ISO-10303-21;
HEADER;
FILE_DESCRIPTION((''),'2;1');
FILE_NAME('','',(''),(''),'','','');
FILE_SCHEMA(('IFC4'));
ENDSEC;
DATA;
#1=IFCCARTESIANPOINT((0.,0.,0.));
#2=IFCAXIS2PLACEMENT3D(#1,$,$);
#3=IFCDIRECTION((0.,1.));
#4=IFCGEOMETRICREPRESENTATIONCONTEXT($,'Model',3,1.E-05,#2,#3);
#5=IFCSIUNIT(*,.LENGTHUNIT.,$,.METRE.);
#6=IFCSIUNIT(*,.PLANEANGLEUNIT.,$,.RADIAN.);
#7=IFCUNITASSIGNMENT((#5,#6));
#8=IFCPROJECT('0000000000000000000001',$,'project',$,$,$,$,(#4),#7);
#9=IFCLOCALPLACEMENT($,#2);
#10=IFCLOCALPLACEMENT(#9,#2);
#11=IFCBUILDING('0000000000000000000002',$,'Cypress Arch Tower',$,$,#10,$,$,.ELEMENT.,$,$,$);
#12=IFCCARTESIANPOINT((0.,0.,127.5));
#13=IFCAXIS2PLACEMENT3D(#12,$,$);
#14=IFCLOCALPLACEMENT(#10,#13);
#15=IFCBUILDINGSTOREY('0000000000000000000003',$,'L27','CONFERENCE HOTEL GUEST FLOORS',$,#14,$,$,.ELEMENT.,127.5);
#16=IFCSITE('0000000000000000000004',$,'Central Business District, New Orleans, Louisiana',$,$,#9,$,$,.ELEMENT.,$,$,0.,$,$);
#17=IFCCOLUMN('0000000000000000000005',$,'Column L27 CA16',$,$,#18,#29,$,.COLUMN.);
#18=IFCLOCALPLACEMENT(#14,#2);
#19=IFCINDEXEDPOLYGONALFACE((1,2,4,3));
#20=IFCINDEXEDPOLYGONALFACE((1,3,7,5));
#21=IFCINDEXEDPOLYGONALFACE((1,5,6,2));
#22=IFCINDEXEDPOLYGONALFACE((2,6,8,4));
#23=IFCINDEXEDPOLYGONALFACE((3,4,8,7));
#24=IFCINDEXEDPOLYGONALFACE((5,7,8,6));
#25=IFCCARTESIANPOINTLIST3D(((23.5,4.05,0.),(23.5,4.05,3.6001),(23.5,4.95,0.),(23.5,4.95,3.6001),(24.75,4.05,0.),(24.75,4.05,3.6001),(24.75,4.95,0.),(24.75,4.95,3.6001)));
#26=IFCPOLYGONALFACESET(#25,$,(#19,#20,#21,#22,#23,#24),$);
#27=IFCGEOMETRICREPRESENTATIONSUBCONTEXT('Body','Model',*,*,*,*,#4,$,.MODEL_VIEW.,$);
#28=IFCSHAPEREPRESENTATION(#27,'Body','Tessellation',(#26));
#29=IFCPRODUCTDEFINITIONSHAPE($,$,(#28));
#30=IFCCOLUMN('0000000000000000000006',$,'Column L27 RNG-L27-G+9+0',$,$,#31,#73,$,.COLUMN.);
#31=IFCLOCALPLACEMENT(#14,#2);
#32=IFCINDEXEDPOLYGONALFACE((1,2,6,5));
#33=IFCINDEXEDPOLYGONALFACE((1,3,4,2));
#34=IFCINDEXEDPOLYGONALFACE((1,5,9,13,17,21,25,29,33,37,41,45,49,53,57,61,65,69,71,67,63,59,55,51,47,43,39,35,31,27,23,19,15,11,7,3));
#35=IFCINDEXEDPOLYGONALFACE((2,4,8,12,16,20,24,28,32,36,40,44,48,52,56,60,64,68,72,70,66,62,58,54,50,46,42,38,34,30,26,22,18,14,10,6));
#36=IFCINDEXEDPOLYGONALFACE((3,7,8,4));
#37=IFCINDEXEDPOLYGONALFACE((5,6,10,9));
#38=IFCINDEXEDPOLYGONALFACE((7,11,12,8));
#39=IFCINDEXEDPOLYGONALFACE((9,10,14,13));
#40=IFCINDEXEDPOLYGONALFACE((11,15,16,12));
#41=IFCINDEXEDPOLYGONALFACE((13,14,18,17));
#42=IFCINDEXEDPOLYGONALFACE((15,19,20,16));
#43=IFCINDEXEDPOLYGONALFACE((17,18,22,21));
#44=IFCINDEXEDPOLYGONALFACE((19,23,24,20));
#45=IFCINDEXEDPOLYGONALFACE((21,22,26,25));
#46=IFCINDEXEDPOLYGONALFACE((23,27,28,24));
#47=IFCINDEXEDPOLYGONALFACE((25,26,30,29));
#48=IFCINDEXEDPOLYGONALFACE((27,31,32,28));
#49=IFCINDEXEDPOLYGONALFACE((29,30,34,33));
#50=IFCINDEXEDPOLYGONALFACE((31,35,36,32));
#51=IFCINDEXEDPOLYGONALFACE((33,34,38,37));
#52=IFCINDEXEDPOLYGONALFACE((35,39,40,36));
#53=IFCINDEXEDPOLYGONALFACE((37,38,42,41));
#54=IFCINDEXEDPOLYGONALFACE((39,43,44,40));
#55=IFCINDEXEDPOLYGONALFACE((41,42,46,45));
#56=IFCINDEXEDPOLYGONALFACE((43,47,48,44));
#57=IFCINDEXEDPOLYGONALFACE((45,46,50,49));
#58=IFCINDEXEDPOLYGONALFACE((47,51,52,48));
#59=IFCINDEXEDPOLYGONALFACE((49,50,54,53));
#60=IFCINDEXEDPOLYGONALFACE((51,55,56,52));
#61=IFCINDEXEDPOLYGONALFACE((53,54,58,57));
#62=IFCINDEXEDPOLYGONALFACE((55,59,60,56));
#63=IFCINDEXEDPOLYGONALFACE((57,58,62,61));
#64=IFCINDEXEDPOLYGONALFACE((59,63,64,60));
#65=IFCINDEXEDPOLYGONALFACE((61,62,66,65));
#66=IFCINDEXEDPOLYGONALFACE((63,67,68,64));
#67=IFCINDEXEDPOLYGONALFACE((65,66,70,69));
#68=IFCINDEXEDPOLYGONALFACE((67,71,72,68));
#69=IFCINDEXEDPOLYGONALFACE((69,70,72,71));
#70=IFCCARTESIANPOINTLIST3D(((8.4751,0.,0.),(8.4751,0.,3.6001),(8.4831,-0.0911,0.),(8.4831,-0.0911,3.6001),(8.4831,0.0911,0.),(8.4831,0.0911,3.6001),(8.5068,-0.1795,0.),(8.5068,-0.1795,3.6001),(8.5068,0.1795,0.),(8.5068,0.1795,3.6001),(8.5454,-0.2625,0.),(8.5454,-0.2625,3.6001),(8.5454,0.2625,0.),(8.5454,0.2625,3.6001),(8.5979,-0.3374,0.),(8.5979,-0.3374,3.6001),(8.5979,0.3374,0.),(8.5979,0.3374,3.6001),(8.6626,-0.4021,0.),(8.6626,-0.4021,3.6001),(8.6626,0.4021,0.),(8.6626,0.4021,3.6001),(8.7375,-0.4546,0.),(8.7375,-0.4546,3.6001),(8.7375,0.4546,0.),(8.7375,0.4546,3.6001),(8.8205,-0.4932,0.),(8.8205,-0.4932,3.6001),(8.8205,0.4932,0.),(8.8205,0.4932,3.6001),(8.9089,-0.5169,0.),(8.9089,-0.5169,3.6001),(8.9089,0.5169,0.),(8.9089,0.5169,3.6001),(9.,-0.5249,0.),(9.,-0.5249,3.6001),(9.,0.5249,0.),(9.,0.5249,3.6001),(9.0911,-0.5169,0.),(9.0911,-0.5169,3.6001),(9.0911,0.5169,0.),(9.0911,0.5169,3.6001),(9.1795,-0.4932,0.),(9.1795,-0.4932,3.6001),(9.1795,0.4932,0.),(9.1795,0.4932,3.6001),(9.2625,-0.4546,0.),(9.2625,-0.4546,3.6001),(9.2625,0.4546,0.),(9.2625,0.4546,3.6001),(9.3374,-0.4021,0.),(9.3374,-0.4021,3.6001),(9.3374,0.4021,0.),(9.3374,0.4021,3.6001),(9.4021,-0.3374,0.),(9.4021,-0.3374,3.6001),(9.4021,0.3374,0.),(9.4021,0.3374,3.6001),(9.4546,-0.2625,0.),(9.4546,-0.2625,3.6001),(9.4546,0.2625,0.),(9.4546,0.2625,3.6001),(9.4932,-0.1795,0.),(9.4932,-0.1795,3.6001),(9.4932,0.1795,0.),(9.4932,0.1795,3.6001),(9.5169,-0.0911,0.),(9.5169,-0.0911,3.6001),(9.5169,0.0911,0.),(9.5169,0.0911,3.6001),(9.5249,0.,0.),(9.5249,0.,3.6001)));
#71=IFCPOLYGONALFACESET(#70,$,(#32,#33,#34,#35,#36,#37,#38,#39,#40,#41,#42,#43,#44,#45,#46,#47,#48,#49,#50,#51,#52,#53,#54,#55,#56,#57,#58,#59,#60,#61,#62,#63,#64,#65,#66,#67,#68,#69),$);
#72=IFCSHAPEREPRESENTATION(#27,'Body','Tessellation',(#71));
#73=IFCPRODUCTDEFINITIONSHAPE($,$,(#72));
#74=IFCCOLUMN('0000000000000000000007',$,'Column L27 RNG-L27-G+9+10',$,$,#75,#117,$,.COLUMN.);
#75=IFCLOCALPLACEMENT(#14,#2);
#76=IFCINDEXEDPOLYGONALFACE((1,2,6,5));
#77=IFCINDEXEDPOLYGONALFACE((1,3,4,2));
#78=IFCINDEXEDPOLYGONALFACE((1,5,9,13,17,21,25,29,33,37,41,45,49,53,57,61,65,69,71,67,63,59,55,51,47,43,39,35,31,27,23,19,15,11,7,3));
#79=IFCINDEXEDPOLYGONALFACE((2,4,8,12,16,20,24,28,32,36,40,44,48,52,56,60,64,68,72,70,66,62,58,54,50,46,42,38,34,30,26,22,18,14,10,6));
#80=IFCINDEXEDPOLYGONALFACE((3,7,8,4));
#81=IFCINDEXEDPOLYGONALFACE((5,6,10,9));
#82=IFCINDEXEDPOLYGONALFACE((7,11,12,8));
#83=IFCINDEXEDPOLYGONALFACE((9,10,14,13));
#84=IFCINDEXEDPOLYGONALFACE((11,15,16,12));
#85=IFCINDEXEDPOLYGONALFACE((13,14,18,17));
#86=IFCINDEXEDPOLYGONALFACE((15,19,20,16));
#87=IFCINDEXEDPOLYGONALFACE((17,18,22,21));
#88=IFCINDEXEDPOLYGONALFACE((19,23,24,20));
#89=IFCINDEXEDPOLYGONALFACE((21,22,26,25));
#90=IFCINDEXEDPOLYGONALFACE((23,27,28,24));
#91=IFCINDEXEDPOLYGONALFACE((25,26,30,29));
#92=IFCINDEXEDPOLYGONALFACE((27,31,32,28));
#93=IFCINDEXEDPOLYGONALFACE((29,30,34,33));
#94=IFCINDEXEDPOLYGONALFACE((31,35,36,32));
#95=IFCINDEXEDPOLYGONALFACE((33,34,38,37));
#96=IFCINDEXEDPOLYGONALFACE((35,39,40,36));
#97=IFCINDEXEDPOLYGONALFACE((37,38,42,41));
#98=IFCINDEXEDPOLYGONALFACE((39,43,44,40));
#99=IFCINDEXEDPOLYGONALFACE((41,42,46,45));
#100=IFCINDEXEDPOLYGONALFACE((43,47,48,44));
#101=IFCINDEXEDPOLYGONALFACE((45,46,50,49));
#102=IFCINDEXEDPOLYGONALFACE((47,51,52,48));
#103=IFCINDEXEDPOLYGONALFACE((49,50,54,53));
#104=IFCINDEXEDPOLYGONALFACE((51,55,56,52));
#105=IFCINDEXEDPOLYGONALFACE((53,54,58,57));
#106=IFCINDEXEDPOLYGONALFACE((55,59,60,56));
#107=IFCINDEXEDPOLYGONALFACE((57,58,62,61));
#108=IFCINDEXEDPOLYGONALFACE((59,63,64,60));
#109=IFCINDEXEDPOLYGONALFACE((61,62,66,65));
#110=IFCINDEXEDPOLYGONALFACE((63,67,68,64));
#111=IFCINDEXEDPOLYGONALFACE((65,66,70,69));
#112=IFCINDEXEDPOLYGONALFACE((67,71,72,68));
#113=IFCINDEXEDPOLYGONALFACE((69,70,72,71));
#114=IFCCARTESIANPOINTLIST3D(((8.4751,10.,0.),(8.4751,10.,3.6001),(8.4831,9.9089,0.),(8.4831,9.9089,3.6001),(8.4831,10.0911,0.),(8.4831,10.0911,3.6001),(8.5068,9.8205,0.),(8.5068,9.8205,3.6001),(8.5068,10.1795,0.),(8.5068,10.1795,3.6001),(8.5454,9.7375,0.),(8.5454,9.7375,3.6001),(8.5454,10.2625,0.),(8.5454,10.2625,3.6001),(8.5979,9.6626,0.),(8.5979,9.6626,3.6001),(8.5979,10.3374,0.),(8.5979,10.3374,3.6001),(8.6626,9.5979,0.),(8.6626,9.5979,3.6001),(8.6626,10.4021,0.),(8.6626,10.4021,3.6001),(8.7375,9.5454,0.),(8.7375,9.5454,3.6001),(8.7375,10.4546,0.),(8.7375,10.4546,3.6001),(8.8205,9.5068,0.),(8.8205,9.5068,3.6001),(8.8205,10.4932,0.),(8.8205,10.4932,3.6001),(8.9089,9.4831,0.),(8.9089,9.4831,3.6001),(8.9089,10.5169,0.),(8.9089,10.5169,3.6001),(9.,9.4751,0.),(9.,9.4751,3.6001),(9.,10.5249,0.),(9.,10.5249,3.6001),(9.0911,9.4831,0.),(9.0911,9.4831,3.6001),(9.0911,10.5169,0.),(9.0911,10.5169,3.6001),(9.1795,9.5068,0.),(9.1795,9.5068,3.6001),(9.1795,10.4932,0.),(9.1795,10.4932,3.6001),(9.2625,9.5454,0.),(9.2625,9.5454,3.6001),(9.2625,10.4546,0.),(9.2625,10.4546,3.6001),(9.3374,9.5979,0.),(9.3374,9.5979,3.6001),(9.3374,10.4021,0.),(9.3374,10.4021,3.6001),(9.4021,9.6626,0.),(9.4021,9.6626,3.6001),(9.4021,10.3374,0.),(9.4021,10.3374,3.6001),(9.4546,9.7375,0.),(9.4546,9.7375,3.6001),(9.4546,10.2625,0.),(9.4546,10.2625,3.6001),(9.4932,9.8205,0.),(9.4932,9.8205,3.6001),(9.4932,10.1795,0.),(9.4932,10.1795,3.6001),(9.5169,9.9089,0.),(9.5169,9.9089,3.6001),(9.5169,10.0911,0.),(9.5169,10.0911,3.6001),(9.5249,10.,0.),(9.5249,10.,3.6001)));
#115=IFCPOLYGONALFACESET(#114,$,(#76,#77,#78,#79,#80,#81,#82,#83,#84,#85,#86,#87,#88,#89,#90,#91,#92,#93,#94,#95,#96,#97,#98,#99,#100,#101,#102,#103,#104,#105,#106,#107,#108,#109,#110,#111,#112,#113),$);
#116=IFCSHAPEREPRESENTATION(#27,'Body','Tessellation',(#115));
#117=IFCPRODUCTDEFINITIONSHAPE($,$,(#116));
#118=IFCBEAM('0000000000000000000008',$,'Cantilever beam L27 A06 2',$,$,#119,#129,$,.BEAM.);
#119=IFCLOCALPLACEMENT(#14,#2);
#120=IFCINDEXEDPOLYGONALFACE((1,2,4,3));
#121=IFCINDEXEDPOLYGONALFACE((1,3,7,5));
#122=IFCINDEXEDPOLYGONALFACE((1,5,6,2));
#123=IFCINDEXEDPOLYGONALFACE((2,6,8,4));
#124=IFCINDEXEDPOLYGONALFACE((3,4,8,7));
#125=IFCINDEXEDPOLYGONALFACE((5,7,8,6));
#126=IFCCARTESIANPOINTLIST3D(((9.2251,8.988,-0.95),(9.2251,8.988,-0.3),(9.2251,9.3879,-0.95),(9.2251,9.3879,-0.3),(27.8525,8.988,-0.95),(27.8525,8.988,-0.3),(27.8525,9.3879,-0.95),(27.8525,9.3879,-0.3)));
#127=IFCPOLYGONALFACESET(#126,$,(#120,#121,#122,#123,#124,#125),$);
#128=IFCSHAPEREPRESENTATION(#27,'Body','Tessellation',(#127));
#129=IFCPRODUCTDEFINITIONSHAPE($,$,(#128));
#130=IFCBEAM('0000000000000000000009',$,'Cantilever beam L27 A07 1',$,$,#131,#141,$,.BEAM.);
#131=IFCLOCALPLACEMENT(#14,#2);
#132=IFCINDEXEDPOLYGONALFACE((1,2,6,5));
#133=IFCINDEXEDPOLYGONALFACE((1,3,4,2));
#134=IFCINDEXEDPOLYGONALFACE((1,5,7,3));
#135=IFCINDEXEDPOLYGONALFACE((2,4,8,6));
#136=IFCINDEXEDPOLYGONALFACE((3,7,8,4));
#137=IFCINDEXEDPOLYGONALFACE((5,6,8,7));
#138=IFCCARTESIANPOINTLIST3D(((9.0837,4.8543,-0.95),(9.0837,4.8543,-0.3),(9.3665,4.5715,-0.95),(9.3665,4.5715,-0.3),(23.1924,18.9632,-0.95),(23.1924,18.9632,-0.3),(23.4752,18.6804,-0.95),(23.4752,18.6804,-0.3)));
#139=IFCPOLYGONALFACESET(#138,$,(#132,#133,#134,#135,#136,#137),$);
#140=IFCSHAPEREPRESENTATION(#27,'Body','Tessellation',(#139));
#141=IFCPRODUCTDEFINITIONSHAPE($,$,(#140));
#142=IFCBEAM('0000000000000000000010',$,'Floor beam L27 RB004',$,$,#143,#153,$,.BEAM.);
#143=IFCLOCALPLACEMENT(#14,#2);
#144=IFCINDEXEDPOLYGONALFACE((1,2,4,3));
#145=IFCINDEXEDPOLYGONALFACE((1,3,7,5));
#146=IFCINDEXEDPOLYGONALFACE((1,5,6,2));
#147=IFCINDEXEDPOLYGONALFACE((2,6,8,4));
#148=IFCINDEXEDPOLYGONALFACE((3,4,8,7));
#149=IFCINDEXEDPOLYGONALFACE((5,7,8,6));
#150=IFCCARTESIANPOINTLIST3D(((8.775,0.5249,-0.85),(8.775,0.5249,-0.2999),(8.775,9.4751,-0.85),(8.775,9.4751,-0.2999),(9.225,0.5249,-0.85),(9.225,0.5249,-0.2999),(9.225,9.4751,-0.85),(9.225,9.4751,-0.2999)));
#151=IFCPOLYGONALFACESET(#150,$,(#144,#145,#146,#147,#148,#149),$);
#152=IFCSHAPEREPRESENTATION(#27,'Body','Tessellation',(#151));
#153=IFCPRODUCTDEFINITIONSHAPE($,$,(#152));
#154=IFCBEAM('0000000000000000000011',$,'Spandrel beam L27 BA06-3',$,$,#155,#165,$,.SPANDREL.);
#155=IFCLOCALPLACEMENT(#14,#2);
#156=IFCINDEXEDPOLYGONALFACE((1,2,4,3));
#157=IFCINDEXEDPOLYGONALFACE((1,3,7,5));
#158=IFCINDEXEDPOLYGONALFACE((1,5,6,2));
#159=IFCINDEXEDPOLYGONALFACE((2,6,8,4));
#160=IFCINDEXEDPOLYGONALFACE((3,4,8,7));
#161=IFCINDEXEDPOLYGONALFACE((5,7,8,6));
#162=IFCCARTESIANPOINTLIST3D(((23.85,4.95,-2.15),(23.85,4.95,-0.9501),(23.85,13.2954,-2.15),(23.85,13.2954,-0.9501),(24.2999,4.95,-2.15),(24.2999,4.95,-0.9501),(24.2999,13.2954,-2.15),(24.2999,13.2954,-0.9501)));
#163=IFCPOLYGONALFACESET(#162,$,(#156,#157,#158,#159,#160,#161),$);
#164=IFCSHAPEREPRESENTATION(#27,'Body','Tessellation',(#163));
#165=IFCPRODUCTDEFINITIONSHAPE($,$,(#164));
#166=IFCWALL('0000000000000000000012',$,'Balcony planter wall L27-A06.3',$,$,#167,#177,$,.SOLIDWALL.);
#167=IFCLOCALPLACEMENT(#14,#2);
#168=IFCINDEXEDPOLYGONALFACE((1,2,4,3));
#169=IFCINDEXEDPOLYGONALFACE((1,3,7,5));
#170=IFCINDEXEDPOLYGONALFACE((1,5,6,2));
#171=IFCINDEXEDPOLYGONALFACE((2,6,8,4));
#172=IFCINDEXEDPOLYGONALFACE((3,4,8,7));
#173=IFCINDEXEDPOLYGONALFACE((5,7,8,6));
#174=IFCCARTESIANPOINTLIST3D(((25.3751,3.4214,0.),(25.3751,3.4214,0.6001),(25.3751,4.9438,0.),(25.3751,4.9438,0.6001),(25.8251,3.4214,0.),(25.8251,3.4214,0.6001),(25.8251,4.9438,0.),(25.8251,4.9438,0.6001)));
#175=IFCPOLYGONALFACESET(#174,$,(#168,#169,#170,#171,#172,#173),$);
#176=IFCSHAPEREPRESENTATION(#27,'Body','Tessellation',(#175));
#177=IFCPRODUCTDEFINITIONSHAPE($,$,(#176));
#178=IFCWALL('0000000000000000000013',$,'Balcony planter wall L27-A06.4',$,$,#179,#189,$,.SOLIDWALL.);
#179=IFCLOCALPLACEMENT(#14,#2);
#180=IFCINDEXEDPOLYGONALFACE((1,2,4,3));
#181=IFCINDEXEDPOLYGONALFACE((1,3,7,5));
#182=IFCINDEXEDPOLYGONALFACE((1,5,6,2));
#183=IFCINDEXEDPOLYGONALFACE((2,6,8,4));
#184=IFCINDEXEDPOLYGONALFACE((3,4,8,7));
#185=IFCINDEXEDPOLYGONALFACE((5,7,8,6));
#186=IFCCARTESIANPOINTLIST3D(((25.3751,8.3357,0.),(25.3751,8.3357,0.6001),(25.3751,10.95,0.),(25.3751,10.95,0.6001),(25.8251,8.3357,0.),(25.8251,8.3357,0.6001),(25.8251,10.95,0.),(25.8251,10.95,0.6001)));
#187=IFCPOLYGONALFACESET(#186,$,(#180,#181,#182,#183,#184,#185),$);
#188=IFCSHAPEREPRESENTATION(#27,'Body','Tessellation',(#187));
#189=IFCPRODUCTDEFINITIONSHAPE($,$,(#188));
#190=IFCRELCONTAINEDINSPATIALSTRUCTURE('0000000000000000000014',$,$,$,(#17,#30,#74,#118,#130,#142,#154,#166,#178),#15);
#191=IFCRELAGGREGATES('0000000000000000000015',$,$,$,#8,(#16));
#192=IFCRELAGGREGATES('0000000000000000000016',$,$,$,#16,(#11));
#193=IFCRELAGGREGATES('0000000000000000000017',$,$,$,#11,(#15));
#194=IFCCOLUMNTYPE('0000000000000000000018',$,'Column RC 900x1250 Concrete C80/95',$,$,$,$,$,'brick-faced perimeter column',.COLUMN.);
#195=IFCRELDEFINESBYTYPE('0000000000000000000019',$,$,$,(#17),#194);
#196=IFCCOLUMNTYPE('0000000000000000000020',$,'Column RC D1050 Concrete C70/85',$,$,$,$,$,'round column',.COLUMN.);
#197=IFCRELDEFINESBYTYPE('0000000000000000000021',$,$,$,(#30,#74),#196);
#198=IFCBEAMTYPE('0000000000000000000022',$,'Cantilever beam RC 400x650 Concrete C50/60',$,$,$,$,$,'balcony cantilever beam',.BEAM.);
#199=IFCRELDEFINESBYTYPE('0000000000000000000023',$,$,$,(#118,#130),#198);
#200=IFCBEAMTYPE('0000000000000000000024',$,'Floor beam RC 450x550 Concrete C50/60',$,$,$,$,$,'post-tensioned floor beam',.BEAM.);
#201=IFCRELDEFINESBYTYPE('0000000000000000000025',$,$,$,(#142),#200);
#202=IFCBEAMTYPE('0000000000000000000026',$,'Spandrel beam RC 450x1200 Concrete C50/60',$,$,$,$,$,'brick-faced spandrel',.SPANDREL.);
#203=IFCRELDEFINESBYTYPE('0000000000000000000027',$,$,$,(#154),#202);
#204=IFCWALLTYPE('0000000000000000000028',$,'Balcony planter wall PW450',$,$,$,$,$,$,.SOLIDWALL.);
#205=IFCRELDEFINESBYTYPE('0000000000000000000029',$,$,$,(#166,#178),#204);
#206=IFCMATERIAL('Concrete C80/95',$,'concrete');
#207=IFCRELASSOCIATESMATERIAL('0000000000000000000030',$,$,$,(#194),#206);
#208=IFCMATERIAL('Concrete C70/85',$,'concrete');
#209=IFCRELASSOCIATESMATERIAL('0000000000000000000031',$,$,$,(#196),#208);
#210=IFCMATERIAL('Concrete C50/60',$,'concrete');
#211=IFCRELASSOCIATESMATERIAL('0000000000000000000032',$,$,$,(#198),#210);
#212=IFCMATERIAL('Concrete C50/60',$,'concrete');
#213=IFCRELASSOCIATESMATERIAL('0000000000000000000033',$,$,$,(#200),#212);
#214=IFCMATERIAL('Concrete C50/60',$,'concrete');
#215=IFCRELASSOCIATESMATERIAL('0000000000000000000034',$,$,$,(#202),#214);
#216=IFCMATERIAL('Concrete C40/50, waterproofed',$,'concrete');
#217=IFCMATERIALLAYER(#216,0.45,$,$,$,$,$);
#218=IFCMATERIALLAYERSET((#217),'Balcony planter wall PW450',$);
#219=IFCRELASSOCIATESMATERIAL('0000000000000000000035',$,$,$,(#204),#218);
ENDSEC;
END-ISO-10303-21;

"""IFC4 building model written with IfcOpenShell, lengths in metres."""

from ifc_helpers import new_model, si_unit, direction, frame, frame_2d, origin, origin_2d, place, context, subcontext, project, spatial, rectangle, circle, extrude, material, layer, layer_set, material_profile, profile_set, type_object, element, save


model = new_model("IFC4")

# Units and contexts
model_context = context("Model", 3, precision=1e-05, world=origin(), true_north=direction((0.0, 1.0)))
body_context = subcontext(model_context, "Body", "Model", "MODEL_VIEW")
ifc_project = project(units=[si_unit("LENGTHUNIT", "METRE"), si_unit("PLANEANGLEUNIT", "RADIAN")], contexts=[model_context])

# Site, building, storey
site_placement = place(None, origin())
site = spatial("IfcSite", under=ifc_project, at=site_placement, Name="Central Business District, New Orleans, Louisiana", CompositionType="ELEMENT", RefElevation=0.0)
building_placement = place(site_placement, origin())
building = spatial("IfcBuilding", under=site, at=building_placement, Name="Cypress Arch Tower", CompositionType="ELEMENT")
storey_placement = place(building_placement, frame((0.0, 0.0, 127.5)))
storey = spatial("IfcBuildingStorey", under=building, at=storey_placement, Name="L27", Description="CONFERENCE HOTEL GUEST FLOORS", CompositionType="ELEMENT", Elevation=127.5)

# Columns
ifc_material_1 = material(Name="Concrete C80/95", Category="concrete")
ifc_material_profile_1 = material_profile(ifc_material_1, rectangle(XDim=0.8999, YDim=1.25, at=origin_2d()), Name="RC 900x1250")
ifc_profile_set_1 = profile_set([ifc_material_profile_1], Name="Concrete C80/95")
column_type_1 = type_object("IfcColumnType", Name="Column RC 900x1250 Concrete C80/95", ElementType="brick-faced perimeter column", PredefinedType="COLUMN", material=ifc_profile_set_1)
column_placement = place(storey_placement, frame((24.125, 4.5, 0.0), z_axis=(0.0, 0.0, 1.0), x_axis=(0.0, 1.0, 0.0)))
element("IfcColumn", 1, at=column_placement, inside=storey, type_object=column_type_1, Name="Column L27 CA16", PredefinedType="COLUMN", context=body_context, shape_type="SweptSolid", body=[
    extrude(rectangle(XDim=0.8999, YDim=1.25, at=origin_2d()), origin(), (0.0, 0.0, 1.0), 3.6001),
])
ifc_material_2 = material(Name="Concrete C70/85", Category="concrete")
ifc_material_profile_2 = material_profile(ifc_material_2, circle(Radius=0.5249, at=origin_2d()), Name="RC D1050")
ifc_profile_set_2 = profile_set([ifc_material_profile_2], Name="Concrete C70/85")
column_type_2 = type_object("IfcColumnType", Name="Column RC D1050 Concrete C70/85", ElementType="round column", PredefinedType="COLUMN", material=ifc_profile_set_2)
for number, where, z_axis, x_axis, name in (
    (2, (9.0, 0.0, 0.0), (0.0, 0.0, 1.0), (1.0, 0.0, 0.0), "Column L27 RNG-L27-G+9+0"),
    (3, (9.0, 10.0, 0.0), (0.0, 0.0, 1.0), (1.0, 0.0, 0.0), "Column L27 RNG-L27-G+9+10"),
):
    element("IfcColumn", number, at=place(storey_placement, frame(where, z_axis=z_axis, x_axis=x_axis)), inside=storey, type_object=column_type_2, Name=name, PredefinedType="COLUMN", context=body_context, shape_type="SweptSolid", body=[
        extrude(circle(Radius=0.5249, at=origin_2d()), origin(), (0.0, 0.0, 1.0), 3.6001),
    ])

# Beams
ifc_material_3 = material(Name="Concrete C50/60", Category="concrete")
ifc_material_profile_3 = material_profile(ifc_material_3, rectangle(XDim=0.3999, YDim=0.6499, at=origin_2d()), Name="RC 400x650")
ifc_profile_set_3 = profile_set([ifc_material_profile_3], Name="Concrete C50/60")
beam_type_1 = type_object("IfcBeamType", Name="Cantilever beam RC 400x650 Concrete C50/60", ElementType="balcony cantilever beam", PredefinedType="BEAM", material=ifc_profile_set_3)
beam_1_placement = place(storey_placement, frame((9.2251, 9.188, -0.625), z_axis=(1.0, 0.0, 0.0), x_axis=(0.0, 1.0, 0.0)))
element("IfcBeam", 4, at=beam_1_placement, inside=storey, type_object=beam_type_1, Name="Cantilever beam L27 A06 2", PredefinedType="BEAM", context=body_context, shape_type="SweptSolid", body=[
    extrude(rectangle(XDim=0.3999, YDim=0.6499, at=origin_2d()), origin(), (0.0, 0.0, 1.0), 18.6274),
])
beam_2_placement = place(storey_placement, frame((9.2251, 4.7129, -0.625), z_axis=(0.707101, 0.707113, 0.0), x_axis=(-0.707113, 0.707101, 0.0)))
element("IfcBeam", 5, at=beam_2_placement, inside=storey, type_object=beam_type_1, Name="Cantilever beam L27 A07 1", PredefinedType="BEAM", context=body_context, shape_type="SweptSolid", body=[
    extrude(rectangle(XDim=0.3999, YDim=0.6499, at=origin_2d()), origin(), (0.0, 0.0, 1.0), 19.9529),
])
ifc_material_4 = material(Name="Concrete C50/60", Category="concrete")
ifc_material_profile_4 = material_profile(ifc_material_4, rectangle(XDim=0.45, YDim=0.55, at=origin_2d()), Name="RC 450x550")
ifc_profile_set_4 = profile_set([ifc_material_profile_4], Name="Concrete C50/60")
beam_type_2 = type_object("IfcBeamType", Name="Floor beam RC 450x550 Concrete C50/60", ElementType="post-tensioned floor beam", PredefinedType="BEAM", material=ifc_profile_set_4)
beam_3_placement = place(storey_placement, frame((9.0, 0.5249, -0.575), z_axis=(0.0, 1.0, 0.0), x_axis=(-1.0, 0.0, 0.0)))
element("IfcBeam", 6, at=beam_3_placement, inside=storey, type_object=beam_type_2, Name="Floor beam L27 RB004", PredefinedType="BEAM", context=body_context, shape_type="SweptSolid", body=[
    extrude(rectangle(XDim=0.45, YDim=0.55, at=origin_2d()), origin(), (0.0, 0.0, 1.0), 8.9502),
])
ifc_material_5 = material(Name="Concrete C50/60", Category="concrete")
ifc_material_profile_5 = material_profile(ifc_material_5, rectangle(XDim=0.45, YDim=1.2, at=origin_2d()), Name="RC 450x1200")
ifc_profile_set_5 = profile_set([ifc_material_profile_5], Name="Concrete C50/60")
beam_type_3 = type_object("IfcBeamType", Name="Spandrel beam RC 450x1200 Concrete C50/60", ElementType="brick-faced spandrel", PredefinedType="SPANDREL", material=ifc_profile_set_5)
beam_4_placement = place(storey_placement, frame((24.075, 4.95, -1.55), z_axis=(0.0, 1.0, 0.0), x_axis=(-1.0, 0.0, 0.0)))
element("IfcBeam", 7, at=beam_4_placement, inside=storey, type_object=beam_type_3, Name="Spandrel beam L27 BA06-3", PredefinedType="SPANDREL", context=body_context, shape_type="SweptSolid", body=[
    extrude(rectangle(XDim=0.45, YDim=1.2, at=origin_2d()), origin(), (0.0, 0.0, 1.0), 8.3455),
])

# Walls
ifc_material_6 = material(Name="Concrete C40/50, waterproofed", Category="concrete")
ifc_layer_1 = layer(ifc_material_6, 0.45)
ifc_layer_set_1 = layer_set([ifc_layer_1], Name="Balcony planter wall PW450")
wall_type_1 = type_object("IfcWallType", Name="Balcony planter wall PW450", PredefinedType="SOLIDWALL", material=ifc_layer_set_1)
wall_1_placement = place(storey_placement, frame((25.6001, 3.4214, 0.0), z_axis=(0.0, 0.0, 1.0), x_axis=(0.0, 1.0, 0.0)))
element("IfcWall", 8, at=wall_1_placement, inside=storey, type_object=wall_type_1, Name="Balcony planter wall L27-A06.3", PredefinedType="SOLIDWALL", context=body_context, shape_type="SweptSolid", body=[
    extrude(rectangle(XDim=1.5225, YDim=0.45, at=frame_2d((0.7612, 0.0))), origin(), (0.0, 0.0, 1.0), 0.6001),
])
wall_2_placement = place(storey_placement, frame((25.6001, 8.3357, 0.0), z_axis=(0.0, 0.0, 1.0), x_axis=(0.0, 1.0, 0.0)))
element("IfcWall", 9, at=wall_2_placement, inside=storey, type_object=wall_type_1, Name="Balcony planter wall L27-A06.4", PredefinedType="SOLIDWALL", context=body_context, shape_type="SweptSolid", body=[
    extrude(rectangle(XDim=2.6143, YDim=0.45, at=frame_2d((1.3071, 0.0))), origin(), (0.0, 0.0, 1.0), 0.6001),
])

save(model, "model.ifc")
